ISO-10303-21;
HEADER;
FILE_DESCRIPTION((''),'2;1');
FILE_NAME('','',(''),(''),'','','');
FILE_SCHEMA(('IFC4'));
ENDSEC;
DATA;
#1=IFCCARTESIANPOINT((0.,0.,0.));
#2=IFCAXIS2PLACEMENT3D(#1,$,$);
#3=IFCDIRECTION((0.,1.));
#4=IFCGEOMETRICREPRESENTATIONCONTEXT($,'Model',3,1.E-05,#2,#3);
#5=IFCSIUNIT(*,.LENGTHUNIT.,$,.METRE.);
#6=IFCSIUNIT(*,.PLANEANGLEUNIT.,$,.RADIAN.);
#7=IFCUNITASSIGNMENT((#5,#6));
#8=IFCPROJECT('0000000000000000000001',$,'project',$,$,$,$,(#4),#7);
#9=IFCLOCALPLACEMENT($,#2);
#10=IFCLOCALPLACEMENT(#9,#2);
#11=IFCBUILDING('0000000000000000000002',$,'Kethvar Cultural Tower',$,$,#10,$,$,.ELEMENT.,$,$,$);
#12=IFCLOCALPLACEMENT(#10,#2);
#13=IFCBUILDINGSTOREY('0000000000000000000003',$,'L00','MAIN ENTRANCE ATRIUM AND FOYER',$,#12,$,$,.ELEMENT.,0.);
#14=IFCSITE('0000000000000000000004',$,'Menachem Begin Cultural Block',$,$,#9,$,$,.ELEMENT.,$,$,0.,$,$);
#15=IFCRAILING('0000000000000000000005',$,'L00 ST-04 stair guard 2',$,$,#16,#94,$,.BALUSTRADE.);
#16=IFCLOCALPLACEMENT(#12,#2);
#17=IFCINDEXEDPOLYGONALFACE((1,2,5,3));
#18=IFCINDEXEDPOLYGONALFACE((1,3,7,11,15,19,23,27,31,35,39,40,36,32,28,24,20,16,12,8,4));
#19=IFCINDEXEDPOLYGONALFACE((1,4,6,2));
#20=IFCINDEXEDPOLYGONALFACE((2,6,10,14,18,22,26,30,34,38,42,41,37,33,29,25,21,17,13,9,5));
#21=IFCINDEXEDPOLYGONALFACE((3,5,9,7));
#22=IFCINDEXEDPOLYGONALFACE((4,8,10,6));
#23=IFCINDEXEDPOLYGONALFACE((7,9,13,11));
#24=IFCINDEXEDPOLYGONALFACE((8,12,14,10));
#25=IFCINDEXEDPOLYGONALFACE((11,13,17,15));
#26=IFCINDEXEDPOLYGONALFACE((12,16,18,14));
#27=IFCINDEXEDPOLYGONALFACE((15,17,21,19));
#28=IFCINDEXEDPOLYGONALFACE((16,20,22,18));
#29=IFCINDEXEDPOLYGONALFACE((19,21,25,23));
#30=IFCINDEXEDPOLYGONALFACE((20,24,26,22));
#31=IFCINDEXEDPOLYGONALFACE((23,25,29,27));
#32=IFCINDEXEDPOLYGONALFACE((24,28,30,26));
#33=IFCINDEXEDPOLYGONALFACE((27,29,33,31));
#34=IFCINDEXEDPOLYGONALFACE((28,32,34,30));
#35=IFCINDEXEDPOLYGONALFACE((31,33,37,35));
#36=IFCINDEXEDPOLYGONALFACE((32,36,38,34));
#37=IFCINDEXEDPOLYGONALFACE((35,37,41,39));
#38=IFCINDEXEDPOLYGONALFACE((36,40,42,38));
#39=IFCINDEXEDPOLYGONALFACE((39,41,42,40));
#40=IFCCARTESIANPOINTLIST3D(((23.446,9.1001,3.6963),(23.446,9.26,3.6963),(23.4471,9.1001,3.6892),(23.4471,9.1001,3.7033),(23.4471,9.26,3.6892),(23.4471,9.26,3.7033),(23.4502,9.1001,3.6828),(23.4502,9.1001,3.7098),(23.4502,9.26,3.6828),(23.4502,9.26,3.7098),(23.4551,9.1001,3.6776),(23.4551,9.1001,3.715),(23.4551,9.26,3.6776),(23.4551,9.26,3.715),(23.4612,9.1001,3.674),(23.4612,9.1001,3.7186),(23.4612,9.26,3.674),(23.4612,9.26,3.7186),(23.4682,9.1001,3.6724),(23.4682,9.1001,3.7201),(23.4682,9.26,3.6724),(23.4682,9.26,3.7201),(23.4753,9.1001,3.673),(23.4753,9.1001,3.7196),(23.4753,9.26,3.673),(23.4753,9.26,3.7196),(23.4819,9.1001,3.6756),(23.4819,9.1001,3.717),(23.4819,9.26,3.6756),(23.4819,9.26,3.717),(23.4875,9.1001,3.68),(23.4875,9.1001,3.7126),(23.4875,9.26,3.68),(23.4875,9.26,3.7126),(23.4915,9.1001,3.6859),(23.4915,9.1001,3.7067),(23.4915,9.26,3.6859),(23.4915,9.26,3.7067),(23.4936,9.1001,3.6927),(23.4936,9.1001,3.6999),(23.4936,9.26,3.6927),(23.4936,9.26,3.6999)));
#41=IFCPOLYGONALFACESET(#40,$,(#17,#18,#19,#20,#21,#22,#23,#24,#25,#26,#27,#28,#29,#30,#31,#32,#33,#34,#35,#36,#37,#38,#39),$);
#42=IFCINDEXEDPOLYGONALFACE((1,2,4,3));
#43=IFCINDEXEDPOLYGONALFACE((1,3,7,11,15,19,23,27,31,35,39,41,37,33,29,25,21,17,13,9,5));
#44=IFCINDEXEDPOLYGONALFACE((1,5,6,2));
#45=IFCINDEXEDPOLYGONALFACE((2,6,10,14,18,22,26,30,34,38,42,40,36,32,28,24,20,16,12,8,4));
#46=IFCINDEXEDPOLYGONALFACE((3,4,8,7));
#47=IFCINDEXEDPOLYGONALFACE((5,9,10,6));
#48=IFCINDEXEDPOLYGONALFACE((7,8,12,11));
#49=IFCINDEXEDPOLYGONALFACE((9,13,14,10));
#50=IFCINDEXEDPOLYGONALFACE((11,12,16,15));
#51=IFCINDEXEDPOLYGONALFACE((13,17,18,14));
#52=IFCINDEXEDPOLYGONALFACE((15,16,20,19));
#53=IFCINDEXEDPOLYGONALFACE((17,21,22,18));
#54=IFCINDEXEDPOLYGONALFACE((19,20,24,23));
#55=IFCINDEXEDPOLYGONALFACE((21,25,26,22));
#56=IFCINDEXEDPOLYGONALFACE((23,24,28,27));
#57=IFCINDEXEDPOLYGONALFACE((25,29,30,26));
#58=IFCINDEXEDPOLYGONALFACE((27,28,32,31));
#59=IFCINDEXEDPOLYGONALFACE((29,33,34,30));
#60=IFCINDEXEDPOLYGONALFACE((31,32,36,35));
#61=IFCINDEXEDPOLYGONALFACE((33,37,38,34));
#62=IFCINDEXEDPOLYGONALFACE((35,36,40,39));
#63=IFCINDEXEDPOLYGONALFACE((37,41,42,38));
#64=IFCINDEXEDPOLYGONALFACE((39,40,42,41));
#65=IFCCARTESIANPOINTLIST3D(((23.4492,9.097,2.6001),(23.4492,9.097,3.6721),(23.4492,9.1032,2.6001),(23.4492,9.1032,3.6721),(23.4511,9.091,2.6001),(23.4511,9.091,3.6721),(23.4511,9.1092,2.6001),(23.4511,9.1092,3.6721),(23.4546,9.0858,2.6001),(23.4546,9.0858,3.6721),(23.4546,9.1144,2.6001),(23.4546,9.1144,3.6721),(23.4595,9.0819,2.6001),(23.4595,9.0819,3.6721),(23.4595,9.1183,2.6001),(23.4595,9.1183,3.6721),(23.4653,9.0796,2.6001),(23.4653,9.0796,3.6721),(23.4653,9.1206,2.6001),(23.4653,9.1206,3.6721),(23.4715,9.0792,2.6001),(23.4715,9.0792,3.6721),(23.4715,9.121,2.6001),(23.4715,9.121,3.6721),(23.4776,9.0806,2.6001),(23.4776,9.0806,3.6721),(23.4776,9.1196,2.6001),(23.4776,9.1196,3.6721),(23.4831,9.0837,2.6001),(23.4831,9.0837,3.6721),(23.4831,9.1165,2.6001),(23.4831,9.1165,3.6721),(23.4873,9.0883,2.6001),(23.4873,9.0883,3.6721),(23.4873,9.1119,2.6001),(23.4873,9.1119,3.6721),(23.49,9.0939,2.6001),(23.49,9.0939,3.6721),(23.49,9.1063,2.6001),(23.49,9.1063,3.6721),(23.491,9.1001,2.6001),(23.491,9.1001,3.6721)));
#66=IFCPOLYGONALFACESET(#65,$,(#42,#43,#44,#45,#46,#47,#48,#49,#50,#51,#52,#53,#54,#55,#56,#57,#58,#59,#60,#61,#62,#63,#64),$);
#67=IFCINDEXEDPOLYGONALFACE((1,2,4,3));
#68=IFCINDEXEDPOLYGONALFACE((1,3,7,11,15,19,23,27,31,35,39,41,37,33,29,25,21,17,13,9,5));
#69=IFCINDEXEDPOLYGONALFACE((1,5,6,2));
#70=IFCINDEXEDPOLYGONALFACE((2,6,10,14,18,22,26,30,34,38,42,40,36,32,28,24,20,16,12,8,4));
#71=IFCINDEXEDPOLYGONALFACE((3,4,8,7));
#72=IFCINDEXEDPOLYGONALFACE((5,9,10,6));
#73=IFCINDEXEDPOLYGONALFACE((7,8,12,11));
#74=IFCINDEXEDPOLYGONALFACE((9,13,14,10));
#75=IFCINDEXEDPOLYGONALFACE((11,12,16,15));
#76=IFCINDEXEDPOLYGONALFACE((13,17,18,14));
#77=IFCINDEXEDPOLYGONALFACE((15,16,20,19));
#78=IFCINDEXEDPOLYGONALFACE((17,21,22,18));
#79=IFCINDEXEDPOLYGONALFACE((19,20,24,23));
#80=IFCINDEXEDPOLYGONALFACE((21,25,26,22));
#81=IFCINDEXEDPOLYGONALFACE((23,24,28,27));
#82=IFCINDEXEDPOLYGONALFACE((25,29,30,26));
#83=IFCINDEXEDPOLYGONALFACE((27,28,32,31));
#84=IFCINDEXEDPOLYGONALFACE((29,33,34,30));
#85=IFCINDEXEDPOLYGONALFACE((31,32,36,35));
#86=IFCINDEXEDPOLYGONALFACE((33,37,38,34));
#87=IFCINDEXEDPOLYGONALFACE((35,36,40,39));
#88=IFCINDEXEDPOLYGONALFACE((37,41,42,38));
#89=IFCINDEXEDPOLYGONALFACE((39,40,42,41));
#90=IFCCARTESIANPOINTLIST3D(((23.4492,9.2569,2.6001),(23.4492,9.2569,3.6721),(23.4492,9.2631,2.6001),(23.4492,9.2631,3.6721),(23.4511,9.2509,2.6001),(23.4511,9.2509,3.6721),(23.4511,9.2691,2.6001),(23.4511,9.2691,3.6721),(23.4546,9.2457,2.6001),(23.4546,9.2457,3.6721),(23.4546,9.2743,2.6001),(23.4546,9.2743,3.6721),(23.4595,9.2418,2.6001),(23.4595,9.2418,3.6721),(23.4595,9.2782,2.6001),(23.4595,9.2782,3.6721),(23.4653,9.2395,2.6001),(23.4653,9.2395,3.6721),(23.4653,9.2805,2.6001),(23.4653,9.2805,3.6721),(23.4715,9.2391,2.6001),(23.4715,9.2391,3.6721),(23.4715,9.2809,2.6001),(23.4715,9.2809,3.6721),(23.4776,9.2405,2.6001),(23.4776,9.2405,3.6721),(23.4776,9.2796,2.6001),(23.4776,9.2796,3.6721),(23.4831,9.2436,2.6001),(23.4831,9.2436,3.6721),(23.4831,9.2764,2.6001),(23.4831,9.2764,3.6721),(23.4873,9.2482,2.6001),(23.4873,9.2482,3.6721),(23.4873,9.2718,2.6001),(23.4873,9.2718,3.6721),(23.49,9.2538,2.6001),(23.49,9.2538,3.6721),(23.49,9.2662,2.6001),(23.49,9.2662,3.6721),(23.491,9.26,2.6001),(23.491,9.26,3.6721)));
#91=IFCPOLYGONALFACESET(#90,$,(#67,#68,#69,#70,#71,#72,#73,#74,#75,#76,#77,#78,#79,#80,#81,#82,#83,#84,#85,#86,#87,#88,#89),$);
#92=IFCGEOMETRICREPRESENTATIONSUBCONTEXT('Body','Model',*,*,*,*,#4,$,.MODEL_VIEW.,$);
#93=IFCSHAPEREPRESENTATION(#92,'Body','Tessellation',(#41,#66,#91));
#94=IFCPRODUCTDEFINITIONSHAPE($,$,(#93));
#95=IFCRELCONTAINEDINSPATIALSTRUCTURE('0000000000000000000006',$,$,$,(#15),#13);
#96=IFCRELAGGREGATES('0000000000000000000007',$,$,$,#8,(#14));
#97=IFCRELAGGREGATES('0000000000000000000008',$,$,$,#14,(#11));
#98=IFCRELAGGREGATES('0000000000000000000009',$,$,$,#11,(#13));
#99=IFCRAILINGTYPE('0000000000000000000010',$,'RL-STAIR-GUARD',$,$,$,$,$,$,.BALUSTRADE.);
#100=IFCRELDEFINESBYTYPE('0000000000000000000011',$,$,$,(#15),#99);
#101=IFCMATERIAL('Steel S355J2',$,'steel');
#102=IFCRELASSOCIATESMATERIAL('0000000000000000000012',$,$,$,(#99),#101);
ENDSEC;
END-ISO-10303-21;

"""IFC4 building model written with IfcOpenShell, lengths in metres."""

from ifc_helpers import new_model, si_unit, direction, frame, origin, origin_2d, place, context, subcontext, project, spatial, circle, extrude, material, type_object, element, save


model = new_model("IFC4")

# Units and contexts
model_context = context("Model", 3, precision=1e-05, world=origin(), true_north=direction((0.0, 1.0)))
body_context = subcontext(model_context, "Body", "Model", "MODEL_VIEW")
ifc_project = project(units=[si_unit("LENGTHUNIT", "METRE"), si_unit("PLANEANGLEUNIT", "RADIAN")], contexts=[model_context])

# Site, building, storey
site_placement = place(None, origin())
site = spatial("IfcSite", under=ifc_project, at=site_placement, Name="Menachem Begin Cultural Block", CompositionType="ELEMENT", RefElevation=0.0)
building_placement = place(site_placement, origin())
building = spatial("IfcBuilding", under=site, at=building_placement, Name="Kethvar Cultural Tower", CompositionType="ELEMENT")
storey_placement = place(building_placement, origin())
storey = spatial("IfcBuildingStorey", under=building, at=storey_placement, Name="L00", Description="MAIN ENTRANCE ATRIUM AND FOYER", CompositionType="ELEMENT", Elevation=0.0)

# Shared definitions
ifc_material_1 = material(Name="Steel S355J2", Category="steel")

# Railing
railing_type_1 = type_object("IfcRailingType", Name="RL-STAIR-GUARD", PredefinedType="BALUSTRADE", material=ifc_material_1)
railing_1_placement = place(storey_placement, frame((23.47, 9.1001, 2.6001)))
element("IfcRailing", 1, at=railing_1_placement, inside=storey, type_object=railing_type_1, Name="L00 ST-04 stair guard 2", PredefinedType="BALUSTRADE", context=body_context, shape_type="SweptSolid", body=[
    extrude(circle(Radius=0.0239, at=origin_2d()), frame((0.0, 0.0, 1.0962), z_axis=(0.0, 1.0, 0.0), x_axis=(-1.0, 0.0, 0.0)), (0.0, 0.0, 1.0), 0.1599),
    extrude(circle(Radius=0.021, at=origin_2d()), origin(), (0.0, 0.0, 1.0), 1.072),
    extrude(circle(Radius=0.021, at=origin_2d()), frame((0.0, 0.1599, 0.0)), (0.0, 0.0, 1.0), 1.072),
])

save(model, "model.ifc")
